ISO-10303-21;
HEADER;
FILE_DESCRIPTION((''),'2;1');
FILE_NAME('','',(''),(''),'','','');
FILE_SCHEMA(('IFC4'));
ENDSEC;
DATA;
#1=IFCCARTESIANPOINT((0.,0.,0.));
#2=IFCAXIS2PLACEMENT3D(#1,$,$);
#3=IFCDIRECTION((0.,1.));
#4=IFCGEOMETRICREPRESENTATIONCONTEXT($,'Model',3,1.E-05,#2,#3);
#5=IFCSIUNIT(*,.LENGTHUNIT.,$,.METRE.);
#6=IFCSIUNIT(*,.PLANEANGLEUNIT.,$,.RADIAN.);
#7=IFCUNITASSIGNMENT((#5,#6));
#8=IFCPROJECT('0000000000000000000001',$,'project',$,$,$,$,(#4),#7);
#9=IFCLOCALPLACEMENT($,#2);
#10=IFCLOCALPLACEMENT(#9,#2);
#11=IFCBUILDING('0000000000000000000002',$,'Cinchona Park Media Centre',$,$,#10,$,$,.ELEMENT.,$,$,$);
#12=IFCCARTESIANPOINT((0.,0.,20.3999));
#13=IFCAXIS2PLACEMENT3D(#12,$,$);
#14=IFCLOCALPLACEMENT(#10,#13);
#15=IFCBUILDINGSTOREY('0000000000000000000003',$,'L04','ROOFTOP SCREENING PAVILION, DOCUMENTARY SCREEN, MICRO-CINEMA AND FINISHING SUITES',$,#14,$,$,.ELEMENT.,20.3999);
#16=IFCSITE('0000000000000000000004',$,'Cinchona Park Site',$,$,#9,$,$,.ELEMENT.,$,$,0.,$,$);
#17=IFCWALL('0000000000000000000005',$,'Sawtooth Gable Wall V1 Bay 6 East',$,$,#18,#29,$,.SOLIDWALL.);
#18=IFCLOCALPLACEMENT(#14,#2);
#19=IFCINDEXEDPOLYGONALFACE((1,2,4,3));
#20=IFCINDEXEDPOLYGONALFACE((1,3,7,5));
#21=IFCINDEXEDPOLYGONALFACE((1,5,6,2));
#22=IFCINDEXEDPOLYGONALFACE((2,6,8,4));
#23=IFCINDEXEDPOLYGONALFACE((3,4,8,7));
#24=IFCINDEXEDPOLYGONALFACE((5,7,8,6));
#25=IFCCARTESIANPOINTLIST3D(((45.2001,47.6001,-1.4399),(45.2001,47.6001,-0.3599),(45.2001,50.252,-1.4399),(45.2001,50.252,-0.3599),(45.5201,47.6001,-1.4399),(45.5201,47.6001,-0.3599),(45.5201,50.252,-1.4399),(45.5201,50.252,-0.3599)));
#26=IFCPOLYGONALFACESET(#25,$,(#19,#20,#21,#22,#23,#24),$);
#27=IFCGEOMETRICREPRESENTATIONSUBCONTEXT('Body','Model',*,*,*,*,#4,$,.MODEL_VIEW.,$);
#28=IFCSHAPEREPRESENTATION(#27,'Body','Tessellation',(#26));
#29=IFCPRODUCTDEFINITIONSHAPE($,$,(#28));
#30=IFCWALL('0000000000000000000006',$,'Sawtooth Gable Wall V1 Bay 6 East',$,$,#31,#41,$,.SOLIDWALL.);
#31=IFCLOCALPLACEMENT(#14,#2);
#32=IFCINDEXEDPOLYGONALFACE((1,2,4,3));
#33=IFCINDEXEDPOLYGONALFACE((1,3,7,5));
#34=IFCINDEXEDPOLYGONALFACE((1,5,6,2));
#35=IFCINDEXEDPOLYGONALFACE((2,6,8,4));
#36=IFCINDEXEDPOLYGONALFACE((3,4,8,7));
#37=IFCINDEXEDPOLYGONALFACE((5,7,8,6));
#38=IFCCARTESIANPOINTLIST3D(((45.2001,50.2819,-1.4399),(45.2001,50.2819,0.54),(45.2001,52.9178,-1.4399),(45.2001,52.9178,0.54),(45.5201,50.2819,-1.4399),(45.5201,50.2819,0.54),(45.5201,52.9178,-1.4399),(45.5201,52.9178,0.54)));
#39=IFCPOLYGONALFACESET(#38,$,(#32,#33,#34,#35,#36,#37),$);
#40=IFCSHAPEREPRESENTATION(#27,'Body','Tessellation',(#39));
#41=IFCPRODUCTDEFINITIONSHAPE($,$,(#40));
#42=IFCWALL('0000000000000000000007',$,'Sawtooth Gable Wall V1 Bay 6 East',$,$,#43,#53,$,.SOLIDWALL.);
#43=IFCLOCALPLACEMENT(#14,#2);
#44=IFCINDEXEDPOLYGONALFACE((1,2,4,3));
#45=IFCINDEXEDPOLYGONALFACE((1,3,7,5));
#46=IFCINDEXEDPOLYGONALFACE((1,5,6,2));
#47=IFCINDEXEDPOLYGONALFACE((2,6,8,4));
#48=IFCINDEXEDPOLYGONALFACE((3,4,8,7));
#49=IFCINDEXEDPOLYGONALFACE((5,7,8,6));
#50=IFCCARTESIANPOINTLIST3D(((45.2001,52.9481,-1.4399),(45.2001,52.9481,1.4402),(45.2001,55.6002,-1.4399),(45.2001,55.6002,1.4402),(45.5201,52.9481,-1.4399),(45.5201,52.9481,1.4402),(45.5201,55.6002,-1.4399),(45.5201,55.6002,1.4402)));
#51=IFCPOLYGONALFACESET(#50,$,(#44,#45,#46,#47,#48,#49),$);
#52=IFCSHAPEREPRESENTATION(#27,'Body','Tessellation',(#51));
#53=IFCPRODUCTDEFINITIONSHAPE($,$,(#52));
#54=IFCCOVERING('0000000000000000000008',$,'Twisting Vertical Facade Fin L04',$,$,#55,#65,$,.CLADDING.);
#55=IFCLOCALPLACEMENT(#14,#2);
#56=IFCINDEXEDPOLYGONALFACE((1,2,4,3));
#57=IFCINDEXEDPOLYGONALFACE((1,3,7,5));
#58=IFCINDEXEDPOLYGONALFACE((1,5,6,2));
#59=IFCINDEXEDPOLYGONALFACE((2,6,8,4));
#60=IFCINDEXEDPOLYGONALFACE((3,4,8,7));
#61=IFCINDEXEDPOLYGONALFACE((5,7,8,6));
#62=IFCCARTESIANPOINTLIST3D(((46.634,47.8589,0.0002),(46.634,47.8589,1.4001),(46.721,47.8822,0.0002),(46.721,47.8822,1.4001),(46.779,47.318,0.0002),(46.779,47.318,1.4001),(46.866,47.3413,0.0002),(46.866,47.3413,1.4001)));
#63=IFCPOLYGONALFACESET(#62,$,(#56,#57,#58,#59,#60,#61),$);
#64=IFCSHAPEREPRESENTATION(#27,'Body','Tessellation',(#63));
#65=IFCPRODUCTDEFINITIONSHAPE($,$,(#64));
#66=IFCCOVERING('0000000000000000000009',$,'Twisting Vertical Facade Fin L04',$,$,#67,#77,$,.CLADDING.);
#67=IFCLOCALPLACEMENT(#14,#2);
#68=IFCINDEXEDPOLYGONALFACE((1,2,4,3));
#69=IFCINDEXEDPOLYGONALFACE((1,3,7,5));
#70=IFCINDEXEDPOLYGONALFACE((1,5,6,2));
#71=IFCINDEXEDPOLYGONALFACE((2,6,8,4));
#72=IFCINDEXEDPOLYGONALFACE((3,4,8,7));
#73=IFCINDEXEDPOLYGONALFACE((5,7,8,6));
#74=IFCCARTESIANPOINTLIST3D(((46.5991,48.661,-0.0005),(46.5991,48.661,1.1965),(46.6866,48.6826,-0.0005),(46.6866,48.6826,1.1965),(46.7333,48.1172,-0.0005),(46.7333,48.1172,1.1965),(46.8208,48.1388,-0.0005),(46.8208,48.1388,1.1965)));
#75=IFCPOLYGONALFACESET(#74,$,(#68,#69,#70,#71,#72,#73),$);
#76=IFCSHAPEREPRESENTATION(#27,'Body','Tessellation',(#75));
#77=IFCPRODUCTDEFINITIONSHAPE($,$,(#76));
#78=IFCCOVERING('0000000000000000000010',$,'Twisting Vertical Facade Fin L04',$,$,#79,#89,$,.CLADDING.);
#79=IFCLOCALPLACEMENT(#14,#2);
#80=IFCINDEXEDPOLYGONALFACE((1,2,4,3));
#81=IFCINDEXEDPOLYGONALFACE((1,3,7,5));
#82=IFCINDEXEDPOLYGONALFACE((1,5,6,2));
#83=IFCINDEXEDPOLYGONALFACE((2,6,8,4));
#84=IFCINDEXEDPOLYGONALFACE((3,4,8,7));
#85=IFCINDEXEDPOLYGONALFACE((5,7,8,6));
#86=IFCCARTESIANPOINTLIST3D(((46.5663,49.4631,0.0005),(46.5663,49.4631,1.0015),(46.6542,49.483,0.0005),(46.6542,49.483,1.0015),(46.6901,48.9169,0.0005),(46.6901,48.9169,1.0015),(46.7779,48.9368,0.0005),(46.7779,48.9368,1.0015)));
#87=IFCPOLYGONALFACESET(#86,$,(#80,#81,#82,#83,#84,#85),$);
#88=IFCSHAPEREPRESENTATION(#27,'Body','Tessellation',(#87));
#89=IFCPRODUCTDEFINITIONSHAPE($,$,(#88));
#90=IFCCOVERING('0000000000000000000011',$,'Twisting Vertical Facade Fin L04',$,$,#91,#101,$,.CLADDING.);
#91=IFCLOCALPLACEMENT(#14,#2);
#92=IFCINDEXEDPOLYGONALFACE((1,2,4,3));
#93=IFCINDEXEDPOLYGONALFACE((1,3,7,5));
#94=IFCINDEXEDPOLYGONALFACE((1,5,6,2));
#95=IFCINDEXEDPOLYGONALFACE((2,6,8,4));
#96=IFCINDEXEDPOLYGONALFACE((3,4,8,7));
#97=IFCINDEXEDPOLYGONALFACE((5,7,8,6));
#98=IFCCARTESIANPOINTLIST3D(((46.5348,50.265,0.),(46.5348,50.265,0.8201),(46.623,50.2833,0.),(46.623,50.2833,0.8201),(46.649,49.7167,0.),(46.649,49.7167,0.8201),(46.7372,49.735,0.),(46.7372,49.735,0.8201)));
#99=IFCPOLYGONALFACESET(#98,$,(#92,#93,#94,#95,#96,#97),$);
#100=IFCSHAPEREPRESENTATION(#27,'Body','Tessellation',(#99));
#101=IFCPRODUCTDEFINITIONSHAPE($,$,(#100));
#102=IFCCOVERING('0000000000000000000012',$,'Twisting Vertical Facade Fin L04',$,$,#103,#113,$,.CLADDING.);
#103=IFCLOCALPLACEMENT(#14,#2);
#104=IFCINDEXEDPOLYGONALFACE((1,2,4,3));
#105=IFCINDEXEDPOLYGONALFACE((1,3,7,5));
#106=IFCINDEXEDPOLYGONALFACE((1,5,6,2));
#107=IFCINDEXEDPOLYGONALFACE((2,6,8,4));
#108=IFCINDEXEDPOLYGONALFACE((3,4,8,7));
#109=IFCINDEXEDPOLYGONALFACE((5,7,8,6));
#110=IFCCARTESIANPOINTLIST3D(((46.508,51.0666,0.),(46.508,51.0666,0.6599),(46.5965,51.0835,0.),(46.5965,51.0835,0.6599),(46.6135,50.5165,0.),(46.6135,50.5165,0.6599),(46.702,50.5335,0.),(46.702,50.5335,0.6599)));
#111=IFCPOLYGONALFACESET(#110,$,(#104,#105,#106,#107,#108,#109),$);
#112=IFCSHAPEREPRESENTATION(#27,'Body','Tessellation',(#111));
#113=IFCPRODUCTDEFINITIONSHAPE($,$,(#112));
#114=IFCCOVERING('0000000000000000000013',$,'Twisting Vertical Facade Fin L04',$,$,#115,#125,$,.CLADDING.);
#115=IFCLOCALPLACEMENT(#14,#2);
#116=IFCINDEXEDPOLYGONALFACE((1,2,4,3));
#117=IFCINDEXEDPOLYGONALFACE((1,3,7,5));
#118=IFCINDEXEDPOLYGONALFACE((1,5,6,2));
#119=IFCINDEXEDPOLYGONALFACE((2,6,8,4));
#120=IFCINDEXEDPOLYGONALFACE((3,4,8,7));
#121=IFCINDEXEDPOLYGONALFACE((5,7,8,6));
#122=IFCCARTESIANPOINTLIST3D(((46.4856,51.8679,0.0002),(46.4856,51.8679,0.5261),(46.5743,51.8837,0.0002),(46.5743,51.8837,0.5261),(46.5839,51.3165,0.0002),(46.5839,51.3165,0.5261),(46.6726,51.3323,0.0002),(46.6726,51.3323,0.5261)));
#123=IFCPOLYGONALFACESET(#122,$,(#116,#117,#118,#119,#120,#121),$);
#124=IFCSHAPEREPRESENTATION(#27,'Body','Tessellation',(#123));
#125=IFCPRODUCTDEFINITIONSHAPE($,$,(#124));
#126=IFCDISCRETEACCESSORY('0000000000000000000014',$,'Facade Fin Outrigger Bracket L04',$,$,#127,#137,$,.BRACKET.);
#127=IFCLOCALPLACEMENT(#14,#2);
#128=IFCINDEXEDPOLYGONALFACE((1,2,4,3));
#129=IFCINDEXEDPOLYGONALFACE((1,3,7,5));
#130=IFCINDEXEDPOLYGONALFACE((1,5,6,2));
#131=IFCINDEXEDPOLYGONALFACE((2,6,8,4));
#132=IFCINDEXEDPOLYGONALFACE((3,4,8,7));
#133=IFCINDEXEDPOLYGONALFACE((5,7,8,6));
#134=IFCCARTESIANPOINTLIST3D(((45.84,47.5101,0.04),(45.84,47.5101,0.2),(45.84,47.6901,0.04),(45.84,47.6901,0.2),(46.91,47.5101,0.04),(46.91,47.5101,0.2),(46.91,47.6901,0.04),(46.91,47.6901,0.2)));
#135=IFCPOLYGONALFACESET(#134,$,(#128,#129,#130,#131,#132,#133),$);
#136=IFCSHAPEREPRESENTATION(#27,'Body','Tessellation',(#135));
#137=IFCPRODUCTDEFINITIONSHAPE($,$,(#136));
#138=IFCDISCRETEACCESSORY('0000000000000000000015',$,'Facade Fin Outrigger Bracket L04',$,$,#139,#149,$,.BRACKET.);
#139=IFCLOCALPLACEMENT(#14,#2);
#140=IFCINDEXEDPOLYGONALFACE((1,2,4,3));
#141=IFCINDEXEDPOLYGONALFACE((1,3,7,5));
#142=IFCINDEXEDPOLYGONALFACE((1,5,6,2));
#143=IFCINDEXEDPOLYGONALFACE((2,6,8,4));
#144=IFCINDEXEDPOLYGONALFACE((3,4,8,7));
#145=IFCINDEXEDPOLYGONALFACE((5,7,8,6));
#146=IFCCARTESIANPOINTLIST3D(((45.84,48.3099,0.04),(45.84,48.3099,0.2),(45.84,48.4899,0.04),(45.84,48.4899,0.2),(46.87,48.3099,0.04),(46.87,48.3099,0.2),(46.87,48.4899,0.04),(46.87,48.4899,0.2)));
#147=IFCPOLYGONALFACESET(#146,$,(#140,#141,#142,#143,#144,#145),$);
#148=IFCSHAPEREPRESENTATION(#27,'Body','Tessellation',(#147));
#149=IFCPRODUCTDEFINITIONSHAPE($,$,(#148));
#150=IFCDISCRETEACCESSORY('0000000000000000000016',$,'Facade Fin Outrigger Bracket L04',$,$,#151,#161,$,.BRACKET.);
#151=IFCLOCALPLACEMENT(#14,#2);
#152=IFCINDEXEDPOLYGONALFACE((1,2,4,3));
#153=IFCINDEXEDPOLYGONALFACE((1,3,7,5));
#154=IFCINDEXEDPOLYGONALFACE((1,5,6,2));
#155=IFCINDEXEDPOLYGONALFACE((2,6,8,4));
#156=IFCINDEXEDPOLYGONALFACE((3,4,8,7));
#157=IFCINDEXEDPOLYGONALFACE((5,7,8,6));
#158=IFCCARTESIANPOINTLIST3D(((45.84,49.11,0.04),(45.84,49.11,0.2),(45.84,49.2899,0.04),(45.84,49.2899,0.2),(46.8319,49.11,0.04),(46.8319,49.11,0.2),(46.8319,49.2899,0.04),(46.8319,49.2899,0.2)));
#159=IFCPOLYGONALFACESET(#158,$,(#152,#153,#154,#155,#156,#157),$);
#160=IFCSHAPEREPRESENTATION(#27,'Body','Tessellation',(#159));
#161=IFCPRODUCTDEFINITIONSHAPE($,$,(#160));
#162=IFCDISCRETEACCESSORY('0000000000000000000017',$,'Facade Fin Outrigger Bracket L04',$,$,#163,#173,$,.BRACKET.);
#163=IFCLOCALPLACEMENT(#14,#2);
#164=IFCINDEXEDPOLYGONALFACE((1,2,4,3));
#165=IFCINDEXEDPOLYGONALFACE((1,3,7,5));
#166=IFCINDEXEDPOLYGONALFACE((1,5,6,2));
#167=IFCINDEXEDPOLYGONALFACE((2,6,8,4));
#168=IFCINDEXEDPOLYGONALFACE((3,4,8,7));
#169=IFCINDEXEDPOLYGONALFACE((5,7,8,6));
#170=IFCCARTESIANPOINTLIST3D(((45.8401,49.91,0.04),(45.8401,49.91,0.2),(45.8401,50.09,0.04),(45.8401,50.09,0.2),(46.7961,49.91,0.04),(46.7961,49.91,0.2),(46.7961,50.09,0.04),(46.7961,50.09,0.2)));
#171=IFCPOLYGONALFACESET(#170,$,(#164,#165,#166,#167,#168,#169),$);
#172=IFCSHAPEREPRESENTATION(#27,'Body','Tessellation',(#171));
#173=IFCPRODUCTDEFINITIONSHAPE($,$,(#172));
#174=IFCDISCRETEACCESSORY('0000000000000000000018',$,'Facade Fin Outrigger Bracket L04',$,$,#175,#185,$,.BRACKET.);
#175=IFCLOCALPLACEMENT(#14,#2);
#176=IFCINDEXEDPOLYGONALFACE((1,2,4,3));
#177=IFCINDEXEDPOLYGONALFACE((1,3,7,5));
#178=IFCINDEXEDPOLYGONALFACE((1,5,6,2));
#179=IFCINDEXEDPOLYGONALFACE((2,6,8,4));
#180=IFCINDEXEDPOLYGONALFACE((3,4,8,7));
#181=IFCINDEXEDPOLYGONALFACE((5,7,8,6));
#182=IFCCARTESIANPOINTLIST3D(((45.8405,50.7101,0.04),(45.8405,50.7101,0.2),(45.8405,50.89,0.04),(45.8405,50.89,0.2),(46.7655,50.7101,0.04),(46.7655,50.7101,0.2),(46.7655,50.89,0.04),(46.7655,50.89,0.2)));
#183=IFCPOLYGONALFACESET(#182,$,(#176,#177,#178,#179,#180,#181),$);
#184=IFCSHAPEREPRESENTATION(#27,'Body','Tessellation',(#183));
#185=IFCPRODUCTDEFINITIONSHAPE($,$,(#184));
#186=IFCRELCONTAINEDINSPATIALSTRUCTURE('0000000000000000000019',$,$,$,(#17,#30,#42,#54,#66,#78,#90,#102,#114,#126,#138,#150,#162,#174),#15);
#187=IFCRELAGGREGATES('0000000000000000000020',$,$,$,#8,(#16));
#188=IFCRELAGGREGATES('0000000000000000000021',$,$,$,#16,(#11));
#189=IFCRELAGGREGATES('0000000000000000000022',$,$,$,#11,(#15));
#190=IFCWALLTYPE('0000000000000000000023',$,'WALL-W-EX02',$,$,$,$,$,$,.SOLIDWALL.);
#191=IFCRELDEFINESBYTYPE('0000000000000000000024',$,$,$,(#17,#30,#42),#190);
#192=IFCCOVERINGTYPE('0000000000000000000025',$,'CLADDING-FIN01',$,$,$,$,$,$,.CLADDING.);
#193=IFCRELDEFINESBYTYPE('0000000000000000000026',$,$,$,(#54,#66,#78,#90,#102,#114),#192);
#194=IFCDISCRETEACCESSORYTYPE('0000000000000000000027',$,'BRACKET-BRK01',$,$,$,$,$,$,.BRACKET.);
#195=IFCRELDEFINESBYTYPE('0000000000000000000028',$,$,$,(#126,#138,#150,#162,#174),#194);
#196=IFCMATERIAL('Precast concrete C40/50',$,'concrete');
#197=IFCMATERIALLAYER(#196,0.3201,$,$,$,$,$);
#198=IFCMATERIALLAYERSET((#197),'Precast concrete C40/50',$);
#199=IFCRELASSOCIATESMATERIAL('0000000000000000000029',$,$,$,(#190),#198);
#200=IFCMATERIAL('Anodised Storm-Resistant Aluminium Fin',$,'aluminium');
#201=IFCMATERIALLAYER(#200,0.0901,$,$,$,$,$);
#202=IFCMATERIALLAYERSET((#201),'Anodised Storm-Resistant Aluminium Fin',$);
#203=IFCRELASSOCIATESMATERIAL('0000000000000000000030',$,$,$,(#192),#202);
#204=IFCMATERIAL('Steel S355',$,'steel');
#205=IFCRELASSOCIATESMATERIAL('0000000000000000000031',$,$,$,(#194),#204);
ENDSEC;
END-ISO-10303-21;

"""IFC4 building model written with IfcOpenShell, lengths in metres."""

from ifc_helpers import new_model, si_unit, direction, frame, frame_2d, origin, origin_2d, place, context, subcontext, project, spatial, rectangle, extrude, material, layer, layer_set, type_object, element, save


model = new_model("IFC4")

# Units and contexts
model_context = context("Model", 3, precision=1e-05, world=origin(), true_north=direction((0.0, 1.0)))
body_context = subcontext(model_context, "Body", "Model", "MODEL_VIEW")
ifc_project = project(units=[si_unit("LENGTHUNIT", "METRE"), si_unit("PLANEANGLEUNIT", "RADIAN")], contexts=[model_context])

# Site, building, storey
site_placement = place(None, origin())
site = spatial("IfcSite", under=ifc_project, at=site_placement, Name="Cinchona Park Site", CompositionType="ELEMENT", RefElevation=0.0)
building_placement = place(site_placement, origin())
building = spatial("IfcBuilding", under=site, at=building_placement, Name="Cinchona Park Media Centre", CompositionType="ELEMENT")
storey_placement = place(building_placement, frame((0.0, 0.0, 20.3999)))
storey = spatial("IfcBuildingStorey", under=building, at=storey_placement, Name="L04", Description="ROOFTOP SCREENING PAVILION, DOCUMENTARY SCREEN, MICRO-CINEMA AND FINISHING SUITES", CompositionType="ELEMENT", Elevation=20.3999)

# Walls
ifc_material_1 = material(Name="Precast concrete C40/50", Category="concrete")
ifc_layer_1 = layer(ifc_material_1, 0.3201)
ifc_layer_set_1 = layer_set([ifc_layer_1], Name="Precast concrete C40/50")
wall_type = type_object("IfcWallType", Name="WALL-W-EX02", PredefinedType="SOLIDWALL", material=ifc_layer_set_1)
wall_1_placement = place(storey_placement, frame((45.3601, 47.6001, -1.4399), z_axis=(0.0, 0.0, 1.0), x_axis=(0.0, 1.0, 0.0)))
element("IfcWall", 1, at=wall_1_placement, inside=storey, type_object=wall_type, Name="Sawtooth Gable Wall V1 Bay 6 East", PredefinedType="SOLIDWALL", context=body_context, shape_type="SweptSolid", body=[
    extrude(rectangle(XDim=2.6519, YDim=0.3201, at=frame_2d((1.3259, 0.0))), origin(), (0.0, 0.0, 1.0), 1.0801),
])
wall_2_placement = place(storey_placement, frame((45.3601, 50.282, -1.4399), z_axis=(0.0, 0.0, 1.0), x_axis=(0.0, 1.0, 0.0)))
element("IfcWall", 2, at=wall_2_placement, inside=storey, type_object=wall_type, Name="Sawtooth Gable Wall V1 Bay 6 East", PredefinedType="SOLIDWALL", context=body_context, shape_type="SweptSolid", body=[
    extrude(rectangle(XDim=2.636, YDim=0.3201, at=frame_2d((1.3179, 0.0))), origin(), (0.0, 0.0, 1.0), 1.98),
])
wall_3_placement = place(storey_placement, frame((45.3601, 52.948, -1.4399), z_axis=(0.0, 0.0, 1.0), x_axis=(0.0, 1.0, 0.0)))
element("IfcWall", 3, at=wall_3_placement, inside=storey, type_object=wall_type, Name="Sawtooth Gable Wall V1 Bay 6 East", PredefinedType="SOLIDWALL", context=body_context, shape_type="SweptSolid", body=[
    extrude(rectangle(XDim=2.6521, YDim=0.3201, at=frame_2d((1.3262, 0.0))), origin(), (0.0, 0.0, 1.0), 2.8801),
])

# Coverings
ifc_material_2 = material(Name="Anodised Storm-Resistant Aluminium Fin", Category="aluminium")
ifc_layer_2 = layer(ifc_material_2, 0.0901)
ifc_layer_set_2 = layer_set([ifc_layer_2], Name="Anodised Storm-Resistant Aluminium Fin")
covering_type = type_object("IfcCoveringType", Name="CLADDING-FIN01", PredefinedType="CLADDING", material=ifc_layer_set_2)
covering_1_placement = place(storey_placement, frame((46.75, 47.6001, 0.0002), z_axis=(0.0, 0.0, 1.0), x_axis=(-0.258819, 0.965926, 0.0)))
element("IfcCovering", 4, at=covering_1_placement, inside=storey, type_object=covering_type, Name="Twisting Vertical Facade Fin L04", PredefinedType="CLADDING", context=body_context, shape_type="SweptSolid", body=[
    extrude(rectangle(XDim=0.5601, YDim=0.0901, at=origin_2d()), origin(), (0.0, 0.0, 1.0), 1.3999),
])
covering_2_placement = place(storey_placement, frame((46.71, 48.3999, -0.0005), z_axis=(0.0, 0.0, 1.0), x_axis=(-0.23955, 0.970884, 0.0)))
element("IfcCovering", 5, at=covering_2_placement, inside=storey, type_object=covering_type, Name="Twisting Vertical Facade Fin L04", PredefinedType="CLADDING", context=body_context, shape_type="SweptSolid", body=[
    extrude(rectangle(XDim=0.5601, YDim=0.0901, at=origin_2d()), origin(), (0.0, 0.0, 1.0), 1.197),
])
covering_3_placement = place(storey_placement, frame((46.6721, 49.2, 0.0005), z_axis=(0.0, 0.0, 1.0), x_axis=(-0.221038, 0.975265, 0.0)))
element("IfcCovering", 6, at=covering_3_placement, inside=storey, type_object=covering_type, Name="Twisting Vertical Facade Fin L04", PredefinedType="CLADDING", context=body_context, shape_type="SweptSolid", body=[
    extrude(rectangle(XDim=0.5601, YDim=0.0901, at=origin_2d()), origin(), (0.0, 0.0, 1.0), 1.001),
])
covering_4_placement = place(storey_placement, frame((46.636, 50.0, 0.0), z_axis=(0.0, 0.0, 1.0), x_axis=(-0.203813, 0.97901, 0.0)))
element("IfcCovering", 7, at=covering_4_placement, inside=storey, type_object=covering_type, Name="Twisting Vertical Facade Fin L04", PredefinedType="CLADDING", context=body_context, shape_type="SweptSolid", body=[
    extrude(rectangle(XDim=0.5601, YDim=0.0901, at=origin_2d()), origin(), (0.0, 0.0, 1.0), 0.8201),
])
covering_5_placement = place(storey_placement, frame((46.605, 50.8, 0.0), z_axis=(0.0, 0.0, 1.0), x_axis=(-0.18841, 0.98209, 0.0)))
element("IfcCovering", 8, at=covering_5_placement, inside=storey, type_object=covering_type, Name="Twisting Vertical Facade Fin L04", PredefinedType="CLADDING", context=body_context, shape_type="SweptSolid", body=[
    extrude(rectangle(XDim=0.5601, YDim=0.0901, at=origin_2d()), origin(), (0.0, 0.0, 1.0), 0.6599),
])
covering_6_placement = place(storey_placement, frame((46.5791, 51.6001, 0.0002), z_axis=(0.0, 0.0, 1.0), x_axis=(-0.175539, 0.984473, 0.0)))
element("IfcCovering", 9, at=covering_6_placement, inside=storey, type_object=covering_type, Name="Twisting Vertical Facade Fin L04", PredefinedType="CLADDING", context=body_context, shape_type="SweptSolid", body=[
    extrude(rectangle(XDim=0.5601, YDim=0.0901, at=origin_2d()), origin(), (0.0, 0.0, 1.0), 0.5259),
])

# Discrete accessories
ifc_material_3 = material(Name="Steel S355", Category="steel")
discrete_accessory_type = type_object("IfcDiscreteAccessoryType", Name="BRACKET-BRK01", PredefinedType="BRACKET", material=ifc_material_3)
discrete_accessory_1_placement = place(storey_placement, frame((46.375, 47.6001, 0.04), z_axis=(0.0, 0.0, 1.0), x_axis=(0.0, 1.0, 0.0)))
element("IfcDiscreteAccessory", 10, at=discrete_accessory_1_placement, inside=storey, type_object=discrete_accessory_type, Name="Facade Fin Outrigger Bracket L04", PredefinedType="BRACKET", context=body_context, shape_type="SweptSolid", body=[
    extrude(rectangle(XDim=0.1799, YDim=1.0701, at=origin_2d()), origin(), (0.0, 0.0, 1.0), 0.1599),
])
discrete_accessory_2_placement = place(storey_placement, frame((46.355, 48.3999, 0.04), z_axis=(0.0, 0.0, 1.0), x_axis=(0.0, 1.0, 0.0)))
element("IfcDiscreteAccessory", 11, at=discrete_accessory_2_placement, inside=storey, type_object=discrete_accessory_type, Name="Facade Fin Outrigger Bracket L04", PredefinedType="BRACKET", context=body_context, shape_type="SweptSolid", body=[
    extrude(rectangle(XDim=0.1799, YDim=1.03, at=origin_2d()), origin(), (0.0, 0.0, 1.0), 0.1599),
])
discrete_accessory_3_placement = place(storey_placement, frame((46.3359, 49.2, 0.04), z_axis=(0.0, 0.0, 1.0), x_axis=(0.0, 1.0, 0.0)))
element("IfcDiscreteAccessory", 12, at=discrete_accessory_3_placement, inside=storey, type_object=discrete_accessory_type, Name="Facade Fin Outrigger Bracket L04", PredefinedType="BRACKET", context=body_context, shape_type="SweptSolid", body=[
    extrude(rectangle(XDim=0.1799, YDim=0.9919, at=origin_2d()), origin(), (0.0, 0.0, 1.0), 0.1599),
])
discrete_accessory_4_placement = place(storey_placement, frame((46.3181, 50.0, 0.04), z_axis=(0.0, 0.0, 1.0), x_axis=(0.0, 1.0, 0.0)))
element("IfcDiscreteAccessory", 13, at=discrete_accessory_4_placement, inside=storey, type_object=discrete_accessory_type, Name="Facade Fin Outrigger Bracket L04", PredefinedType="BRACKET", context=body_context, shape_type="SweptSolid", body=[
    extrude(rectangle(XDim=0.1799, YDim=0.9561, at=origin_2d()), origin(), (0.0, 0.0, 1.0), 0.1599),
])
discrete_accessory_5_placement = place(storey_placement, frame((46.303, 50.8, 0.04), z_axis=(0.0, 0.0, 1.0), x_axis=(0.0, 1.0, 0.0)))
element("IfcDiscreteAccessory", 14, at=discrete_accessory_5_placement, inside=storey, type_object=discrete_accessory_type, Name="Facade Fin Outrigger Bracket L04", PredefinedType="BRACKET", context=body_context, shape_type="SweptSolid", body=[
    extrude(rectangle(XDim=0.1799, YDim=0.925, at=origin_2d()), origin(), (0.0, 0.0, 1.0), 0.1599),
])

save(model, "model.ifc")
